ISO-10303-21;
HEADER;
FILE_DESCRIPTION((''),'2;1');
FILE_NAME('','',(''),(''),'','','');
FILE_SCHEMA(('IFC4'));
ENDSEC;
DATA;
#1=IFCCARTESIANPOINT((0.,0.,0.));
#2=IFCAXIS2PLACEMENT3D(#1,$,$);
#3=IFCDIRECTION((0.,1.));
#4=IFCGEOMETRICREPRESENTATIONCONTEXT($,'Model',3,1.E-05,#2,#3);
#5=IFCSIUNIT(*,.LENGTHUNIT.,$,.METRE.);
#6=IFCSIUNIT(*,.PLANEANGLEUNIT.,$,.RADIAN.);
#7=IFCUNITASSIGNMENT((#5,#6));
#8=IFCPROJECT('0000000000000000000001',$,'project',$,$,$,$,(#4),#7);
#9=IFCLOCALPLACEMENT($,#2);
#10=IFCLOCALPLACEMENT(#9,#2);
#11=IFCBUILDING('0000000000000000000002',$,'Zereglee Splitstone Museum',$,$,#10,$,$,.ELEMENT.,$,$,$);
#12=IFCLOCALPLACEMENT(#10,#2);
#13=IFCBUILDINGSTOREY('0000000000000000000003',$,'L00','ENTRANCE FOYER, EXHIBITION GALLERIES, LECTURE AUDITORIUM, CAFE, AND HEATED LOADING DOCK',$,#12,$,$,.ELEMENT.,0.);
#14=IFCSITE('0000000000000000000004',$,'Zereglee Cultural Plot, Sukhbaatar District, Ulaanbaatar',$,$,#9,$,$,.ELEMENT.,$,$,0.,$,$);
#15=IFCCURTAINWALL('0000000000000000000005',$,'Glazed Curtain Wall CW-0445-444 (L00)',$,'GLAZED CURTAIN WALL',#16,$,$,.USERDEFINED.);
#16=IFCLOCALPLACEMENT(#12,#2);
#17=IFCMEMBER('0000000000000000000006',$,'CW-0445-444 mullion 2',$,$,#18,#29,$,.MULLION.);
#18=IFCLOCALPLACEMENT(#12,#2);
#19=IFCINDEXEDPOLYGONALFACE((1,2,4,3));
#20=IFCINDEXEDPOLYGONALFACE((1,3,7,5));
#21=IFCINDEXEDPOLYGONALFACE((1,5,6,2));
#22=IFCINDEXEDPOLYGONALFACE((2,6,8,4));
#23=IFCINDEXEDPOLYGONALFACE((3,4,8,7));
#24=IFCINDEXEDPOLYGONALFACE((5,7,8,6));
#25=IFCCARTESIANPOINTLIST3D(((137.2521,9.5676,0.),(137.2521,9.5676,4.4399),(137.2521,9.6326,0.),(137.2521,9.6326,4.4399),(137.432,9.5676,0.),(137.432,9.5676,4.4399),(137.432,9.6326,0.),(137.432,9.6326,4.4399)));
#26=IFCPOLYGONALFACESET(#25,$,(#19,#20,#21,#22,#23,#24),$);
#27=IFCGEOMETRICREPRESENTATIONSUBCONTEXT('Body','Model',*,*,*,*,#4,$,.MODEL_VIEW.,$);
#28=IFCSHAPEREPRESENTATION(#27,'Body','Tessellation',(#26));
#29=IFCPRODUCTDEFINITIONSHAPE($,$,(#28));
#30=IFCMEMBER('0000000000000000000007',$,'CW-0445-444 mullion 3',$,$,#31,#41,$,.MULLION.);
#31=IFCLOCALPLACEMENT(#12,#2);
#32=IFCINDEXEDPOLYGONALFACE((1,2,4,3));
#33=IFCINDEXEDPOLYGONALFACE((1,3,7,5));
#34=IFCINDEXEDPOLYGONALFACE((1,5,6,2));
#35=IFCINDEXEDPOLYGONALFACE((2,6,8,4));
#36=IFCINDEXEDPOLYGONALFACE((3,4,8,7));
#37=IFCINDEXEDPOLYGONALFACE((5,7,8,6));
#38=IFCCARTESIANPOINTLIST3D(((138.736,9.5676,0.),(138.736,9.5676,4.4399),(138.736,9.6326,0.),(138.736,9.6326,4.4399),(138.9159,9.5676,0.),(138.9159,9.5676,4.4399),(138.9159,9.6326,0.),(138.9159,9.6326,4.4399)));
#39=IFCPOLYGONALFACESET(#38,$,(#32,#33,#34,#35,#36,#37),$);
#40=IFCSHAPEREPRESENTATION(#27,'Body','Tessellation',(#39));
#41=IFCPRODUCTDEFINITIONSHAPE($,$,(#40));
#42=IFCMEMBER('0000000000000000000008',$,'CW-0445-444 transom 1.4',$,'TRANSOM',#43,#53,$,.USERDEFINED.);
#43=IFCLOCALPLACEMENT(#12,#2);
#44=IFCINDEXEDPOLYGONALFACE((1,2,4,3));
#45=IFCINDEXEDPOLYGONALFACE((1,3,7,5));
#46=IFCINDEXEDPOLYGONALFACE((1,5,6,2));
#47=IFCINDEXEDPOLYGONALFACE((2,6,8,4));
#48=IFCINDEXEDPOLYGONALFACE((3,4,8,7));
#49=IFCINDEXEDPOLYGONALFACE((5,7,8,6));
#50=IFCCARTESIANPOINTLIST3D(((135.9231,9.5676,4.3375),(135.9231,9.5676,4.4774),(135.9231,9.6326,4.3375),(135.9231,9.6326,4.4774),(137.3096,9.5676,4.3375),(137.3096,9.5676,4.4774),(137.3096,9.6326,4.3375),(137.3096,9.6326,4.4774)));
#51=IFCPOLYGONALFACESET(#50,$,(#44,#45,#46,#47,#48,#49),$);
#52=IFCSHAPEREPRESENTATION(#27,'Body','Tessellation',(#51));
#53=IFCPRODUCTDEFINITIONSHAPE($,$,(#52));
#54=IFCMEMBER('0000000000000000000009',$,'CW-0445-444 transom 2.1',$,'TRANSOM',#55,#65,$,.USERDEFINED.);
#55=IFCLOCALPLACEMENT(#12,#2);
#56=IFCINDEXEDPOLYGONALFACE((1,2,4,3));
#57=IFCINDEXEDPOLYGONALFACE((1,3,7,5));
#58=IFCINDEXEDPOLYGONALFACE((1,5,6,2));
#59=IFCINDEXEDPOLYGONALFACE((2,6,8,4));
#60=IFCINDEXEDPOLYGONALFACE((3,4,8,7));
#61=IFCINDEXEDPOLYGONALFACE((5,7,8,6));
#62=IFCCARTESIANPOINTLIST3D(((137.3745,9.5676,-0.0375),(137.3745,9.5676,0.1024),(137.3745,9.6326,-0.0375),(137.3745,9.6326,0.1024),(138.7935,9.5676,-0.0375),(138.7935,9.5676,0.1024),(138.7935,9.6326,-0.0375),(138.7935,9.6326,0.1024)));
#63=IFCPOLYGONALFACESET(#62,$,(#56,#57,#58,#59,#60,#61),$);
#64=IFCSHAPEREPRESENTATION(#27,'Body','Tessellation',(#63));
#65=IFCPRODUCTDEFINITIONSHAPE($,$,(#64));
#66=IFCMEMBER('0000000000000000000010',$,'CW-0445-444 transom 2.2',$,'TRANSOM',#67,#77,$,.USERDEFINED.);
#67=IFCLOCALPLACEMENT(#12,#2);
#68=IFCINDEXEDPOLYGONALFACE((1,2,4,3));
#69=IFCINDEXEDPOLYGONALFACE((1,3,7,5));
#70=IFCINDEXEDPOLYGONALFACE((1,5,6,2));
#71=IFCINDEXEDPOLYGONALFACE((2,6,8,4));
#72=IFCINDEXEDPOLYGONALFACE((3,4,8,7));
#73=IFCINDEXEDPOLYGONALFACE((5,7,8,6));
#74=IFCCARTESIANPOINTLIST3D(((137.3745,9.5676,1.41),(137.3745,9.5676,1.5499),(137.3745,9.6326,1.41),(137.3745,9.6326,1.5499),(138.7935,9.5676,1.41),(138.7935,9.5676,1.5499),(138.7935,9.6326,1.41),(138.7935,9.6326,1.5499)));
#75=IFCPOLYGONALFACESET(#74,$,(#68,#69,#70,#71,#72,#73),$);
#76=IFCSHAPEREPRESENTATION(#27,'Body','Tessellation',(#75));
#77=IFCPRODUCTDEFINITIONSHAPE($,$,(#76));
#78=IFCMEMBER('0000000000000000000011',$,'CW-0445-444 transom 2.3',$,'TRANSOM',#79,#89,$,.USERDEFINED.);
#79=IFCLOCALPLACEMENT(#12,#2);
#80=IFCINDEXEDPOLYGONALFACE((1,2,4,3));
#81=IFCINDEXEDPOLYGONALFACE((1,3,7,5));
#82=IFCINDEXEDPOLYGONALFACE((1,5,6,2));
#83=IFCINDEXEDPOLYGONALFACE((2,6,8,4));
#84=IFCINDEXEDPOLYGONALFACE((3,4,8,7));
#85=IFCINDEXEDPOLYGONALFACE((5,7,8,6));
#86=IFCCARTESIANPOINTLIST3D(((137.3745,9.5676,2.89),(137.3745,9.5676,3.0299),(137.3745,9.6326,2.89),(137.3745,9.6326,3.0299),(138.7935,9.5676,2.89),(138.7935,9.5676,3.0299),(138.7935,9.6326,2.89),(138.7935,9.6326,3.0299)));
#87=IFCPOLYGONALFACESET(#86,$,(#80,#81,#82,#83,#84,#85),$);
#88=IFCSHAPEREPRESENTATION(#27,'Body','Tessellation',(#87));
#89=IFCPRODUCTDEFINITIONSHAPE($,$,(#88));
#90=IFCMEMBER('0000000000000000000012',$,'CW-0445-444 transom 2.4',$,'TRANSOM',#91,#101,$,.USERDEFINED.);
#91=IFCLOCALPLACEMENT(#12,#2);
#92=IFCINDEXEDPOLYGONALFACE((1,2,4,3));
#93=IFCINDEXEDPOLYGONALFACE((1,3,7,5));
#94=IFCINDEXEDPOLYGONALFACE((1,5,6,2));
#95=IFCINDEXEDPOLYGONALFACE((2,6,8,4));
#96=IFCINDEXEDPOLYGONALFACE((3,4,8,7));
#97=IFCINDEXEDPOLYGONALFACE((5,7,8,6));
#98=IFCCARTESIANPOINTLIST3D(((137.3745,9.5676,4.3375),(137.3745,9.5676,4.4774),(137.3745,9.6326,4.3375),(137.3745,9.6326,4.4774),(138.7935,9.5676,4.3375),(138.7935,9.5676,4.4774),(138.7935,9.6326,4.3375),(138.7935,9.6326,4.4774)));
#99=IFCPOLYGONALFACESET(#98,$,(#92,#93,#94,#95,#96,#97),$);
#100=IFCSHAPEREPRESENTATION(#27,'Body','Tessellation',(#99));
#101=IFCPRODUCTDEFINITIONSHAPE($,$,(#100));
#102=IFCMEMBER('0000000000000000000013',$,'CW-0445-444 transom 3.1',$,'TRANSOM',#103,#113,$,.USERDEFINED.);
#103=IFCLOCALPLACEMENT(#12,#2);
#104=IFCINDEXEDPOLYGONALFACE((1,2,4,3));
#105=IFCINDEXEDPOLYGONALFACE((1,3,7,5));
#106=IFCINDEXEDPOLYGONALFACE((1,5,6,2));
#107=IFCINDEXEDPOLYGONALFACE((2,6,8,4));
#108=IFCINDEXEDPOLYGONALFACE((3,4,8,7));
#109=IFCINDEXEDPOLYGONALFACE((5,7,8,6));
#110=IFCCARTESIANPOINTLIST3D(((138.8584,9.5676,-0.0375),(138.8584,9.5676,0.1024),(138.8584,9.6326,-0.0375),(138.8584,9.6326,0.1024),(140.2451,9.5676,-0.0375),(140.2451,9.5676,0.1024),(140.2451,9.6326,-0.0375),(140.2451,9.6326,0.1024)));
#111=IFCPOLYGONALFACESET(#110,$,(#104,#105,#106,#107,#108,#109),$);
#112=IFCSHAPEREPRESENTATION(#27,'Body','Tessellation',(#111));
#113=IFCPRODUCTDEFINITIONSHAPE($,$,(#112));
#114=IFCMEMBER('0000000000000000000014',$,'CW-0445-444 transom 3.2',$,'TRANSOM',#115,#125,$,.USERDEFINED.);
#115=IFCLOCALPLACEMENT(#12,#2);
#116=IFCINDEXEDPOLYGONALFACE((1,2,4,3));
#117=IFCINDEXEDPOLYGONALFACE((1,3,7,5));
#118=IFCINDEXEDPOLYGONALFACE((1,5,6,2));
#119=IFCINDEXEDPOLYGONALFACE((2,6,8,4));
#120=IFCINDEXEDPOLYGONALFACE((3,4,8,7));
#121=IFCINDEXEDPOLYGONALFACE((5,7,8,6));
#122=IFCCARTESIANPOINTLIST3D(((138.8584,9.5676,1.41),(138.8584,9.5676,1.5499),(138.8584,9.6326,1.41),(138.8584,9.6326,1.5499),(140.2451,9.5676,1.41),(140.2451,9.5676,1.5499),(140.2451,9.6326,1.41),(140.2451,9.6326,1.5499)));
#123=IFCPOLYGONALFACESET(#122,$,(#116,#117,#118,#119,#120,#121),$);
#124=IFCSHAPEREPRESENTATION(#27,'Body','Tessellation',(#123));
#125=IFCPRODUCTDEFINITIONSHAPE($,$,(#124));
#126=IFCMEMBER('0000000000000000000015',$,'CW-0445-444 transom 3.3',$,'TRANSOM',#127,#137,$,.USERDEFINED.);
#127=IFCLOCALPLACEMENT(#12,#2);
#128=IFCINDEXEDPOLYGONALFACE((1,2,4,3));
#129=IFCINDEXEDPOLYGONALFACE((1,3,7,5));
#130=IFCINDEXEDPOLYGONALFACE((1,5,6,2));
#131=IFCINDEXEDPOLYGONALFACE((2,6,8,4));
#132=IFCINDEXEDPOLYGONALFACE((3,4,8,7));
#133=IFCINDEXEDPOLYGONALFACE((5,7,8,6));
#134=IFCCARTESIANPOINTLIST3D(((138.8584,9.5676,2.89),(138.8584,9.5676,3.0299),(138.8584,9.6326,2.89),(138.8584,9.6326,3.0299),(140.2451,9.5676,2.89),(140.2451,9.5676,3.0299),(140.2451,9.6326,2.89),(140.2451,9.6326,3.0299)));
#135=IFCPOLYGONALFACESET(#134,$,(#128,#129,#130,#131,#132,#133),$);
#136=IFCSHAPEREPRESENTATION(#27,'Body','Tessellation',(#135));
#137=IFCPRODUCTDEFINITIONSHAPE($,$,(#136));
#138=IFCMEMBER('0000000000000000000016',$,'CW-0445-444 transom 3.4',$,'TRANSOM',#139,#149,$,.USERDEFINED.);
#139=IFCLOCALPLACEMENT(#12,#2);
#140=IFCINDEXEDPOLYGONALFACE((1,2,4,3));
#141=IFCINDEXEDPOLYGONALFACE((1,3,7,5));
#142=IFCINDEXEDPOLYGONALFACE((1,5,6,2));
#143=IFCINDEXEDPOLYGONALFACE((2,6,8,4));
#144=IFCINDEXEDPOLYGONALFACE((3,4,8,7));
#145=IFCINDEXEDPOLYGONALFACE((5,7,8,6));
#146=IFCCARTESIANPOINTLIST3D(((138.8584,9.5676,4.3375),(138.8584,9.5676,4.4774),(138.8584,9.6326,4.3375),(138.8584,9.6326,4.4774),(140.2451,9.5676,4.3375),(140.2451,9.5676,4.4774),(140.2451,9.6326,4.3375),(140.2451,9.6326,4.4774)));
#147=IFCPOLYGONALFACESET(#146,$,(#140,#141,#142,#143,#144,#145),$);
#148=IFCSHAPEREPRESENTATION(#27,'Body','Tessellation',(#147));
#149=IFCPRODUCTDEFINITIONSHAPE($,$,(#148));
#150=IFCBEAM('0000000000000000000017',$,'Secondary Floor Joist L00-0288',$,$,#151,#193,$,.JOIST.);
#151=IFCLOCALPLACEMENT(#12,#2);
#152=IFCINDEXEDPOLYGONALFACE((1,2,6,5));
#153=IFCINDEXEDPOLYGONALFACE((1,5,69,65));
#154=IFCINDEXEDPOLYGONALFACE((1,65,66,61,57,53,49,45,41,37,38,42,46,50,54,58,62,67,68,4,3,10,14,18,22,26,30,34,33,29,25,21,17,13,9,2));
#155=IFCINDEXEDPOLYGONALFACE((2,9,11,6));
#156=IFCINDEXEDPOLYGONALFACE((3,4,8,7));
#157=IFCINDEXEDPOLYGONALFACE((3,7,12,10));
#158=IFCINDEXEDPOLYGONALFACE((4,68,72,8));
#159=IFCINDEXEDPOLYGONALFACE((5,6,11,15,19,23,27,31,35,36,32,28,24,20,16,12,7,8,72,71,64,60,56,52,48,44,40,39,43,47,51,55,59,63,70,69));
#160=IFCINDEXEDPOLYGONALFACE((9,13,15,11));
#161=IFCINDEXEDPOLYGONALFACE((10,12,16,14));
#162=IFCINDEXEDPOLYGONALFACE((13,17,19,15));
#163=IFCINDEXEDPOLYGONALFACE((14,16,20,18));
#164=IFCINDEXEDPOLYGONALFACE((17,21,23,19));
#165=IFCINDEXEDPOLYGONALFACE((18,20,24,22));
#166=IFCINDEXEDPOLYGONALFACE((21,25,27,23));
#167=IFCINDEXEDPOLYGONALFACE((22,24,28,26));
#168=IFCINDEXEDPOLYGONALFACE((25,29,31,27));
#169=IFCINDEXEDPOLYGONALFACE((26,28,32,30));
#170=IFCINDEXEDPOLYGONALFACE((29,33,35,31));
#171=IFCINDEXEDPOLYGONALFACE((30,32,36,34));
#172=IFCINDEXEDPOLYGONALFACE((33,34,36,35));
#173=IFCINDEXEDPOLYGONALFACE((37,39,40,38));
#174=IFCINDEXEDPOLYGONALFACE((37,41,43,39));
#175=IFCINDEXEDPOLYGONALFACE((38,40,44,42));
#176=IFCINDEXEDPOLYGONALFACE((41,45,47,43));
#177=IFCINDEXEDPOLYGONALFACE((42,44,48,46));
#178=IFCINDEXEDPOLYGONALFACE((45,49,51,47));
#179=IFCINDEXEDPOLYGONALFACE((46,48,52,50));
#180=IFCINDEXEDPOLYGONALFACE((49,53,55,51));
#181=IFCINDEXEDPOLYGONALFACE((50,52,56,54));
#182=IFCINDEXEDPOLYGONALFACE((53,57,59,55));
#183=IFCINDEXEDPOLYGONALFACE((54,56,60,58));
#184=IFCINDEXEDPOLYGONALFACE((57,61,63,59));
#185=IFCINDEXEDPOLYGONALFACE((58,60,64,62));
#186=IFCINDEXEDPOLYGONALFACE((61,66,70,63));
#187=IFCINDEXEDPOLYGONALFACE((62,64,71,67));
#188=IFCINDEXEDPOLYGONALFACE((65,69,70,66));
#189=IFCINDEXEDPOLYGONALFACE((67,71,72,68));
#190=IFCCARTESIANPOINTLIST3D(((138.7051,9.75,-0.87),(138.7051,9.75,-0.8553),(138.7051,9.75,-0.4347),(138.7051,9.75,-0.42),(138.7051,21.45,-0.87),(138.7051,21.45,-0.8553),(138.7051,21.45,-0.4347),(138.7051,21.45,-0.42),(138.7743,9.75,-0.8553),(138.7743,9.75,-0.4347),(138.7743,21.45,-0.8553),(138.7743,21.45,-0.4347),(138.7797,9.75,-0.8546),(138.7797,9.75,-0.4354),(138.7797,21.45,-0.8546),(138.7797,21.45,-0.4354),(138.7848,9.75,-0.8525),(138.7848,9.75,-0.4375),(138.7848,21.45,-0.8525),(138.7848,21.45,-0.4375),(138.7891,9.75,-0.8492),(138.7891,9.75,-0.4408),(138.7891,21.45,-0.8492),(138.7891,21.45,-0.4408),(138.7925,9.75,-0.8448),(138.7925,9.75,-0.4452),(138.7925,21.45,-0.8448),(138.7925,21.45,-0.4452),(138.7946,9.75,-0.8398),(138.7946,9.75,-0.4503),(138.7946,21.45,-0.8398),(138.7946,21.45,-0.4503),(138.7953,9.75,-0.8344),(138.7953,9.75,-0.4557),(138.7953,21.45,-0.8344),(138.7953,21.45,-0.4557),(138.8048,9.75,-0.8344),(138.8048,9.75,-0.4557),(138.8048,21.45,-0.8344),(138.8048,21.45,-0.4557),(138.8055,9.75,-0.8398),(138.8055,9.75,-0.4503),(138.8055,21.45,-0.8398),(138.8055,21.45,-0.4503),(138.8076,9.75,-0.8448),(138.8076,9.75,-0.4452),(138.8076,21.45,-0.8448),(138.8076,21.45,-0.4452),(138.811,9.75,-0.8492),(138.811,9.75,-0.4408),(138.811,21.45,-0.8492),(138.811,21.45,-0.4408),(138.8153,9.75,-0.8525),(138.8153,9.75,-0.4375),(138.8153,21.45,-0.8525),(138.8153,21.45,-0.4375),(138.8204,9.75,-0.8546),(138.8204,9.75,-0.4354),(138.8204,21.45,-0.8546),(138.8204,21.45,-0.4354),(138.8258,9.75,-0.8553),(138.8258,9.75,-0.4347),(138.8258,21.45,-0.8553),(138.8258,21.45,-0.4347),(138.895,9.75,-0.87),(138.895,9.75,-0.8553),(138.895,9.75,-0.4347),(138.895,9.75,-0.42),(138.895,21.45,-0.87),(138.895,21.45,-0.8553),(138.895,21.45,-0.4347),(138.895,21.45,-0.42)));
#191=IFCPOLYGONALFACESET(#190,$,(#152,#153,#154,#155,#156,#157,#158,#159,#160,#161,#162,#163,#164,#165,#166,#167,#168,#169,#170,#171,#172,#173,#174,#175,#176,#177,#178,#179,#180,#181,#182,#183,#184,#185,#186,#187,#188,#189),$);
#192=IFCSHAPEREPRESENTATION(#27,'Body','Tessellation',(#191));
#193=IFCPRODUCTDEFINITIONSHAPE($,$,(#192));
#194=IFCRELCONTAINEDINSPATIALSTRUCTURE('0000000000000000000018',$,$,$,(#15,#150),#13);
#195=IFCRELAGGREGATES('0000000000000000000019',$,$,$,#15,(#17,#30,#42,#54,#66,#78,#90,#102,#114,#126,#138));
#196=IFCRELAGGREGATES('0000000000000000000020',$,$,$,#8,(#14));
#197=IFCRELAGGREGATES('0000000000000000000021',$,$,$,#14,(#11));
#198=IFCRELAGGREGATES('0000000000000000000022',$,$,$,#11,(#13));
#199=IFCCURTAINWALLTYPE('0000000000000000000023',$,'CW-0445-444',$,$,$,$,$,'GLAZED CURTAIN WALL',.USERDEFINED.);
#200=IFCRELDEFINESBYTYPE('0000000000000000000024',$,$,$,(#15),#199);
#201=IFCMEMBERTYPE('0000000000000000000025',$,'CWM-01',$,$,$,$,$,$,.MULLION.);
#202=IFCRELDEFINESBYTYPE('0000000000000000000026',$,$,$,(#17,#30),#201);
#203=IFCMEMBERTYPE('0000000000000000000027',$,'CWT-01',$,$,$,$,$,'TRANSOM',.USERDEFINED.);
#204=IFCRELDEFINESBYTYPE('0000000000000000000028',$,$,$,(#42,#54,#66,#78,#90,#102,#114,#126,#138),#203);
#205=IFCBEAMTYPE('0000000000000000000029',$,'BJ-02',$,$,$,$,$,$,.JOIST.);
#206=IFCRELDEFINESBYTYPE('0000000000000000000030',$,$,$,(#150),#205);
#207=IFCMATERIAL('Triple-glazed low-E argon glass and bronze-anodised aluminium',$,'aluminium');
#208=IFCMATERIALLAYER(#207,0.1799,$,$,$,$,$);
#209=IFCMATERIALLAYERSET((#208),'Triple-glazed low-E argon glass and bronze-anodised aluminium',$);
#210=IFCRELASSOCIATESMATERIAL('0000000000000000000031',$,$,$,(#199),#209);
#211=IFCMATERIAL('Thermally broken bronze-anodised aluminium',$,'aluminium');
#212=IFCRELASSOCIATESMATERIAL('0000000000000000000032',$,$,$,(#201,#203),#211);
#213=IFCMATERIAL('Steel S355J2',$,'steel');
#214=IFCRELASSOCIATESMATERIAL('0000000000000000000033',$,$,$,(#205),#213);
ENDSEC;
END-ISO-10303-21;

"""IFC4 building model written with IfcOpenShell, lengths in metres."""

from ifc_helpers import new_model, si_unit, direction, frame, origin, origin_2d, place, context, subcontext, project, spatial, rectangle, i_section, extrude, material, layer, layer_set, material_profile, profile_set, type_object, element, aggregate, save


model = new_model("IFC4")

# Units and contexts
model_context = context("Model", 3, precision=1e-05, world=origin(), true_north=direction((0.0, 1.0)))
body_context = subcontext(model_context, "Body", "Model", "MODEL_VIEW")
ifc_project = project(units=[si_unit("LENGTHUNIT", "METRE"), si_unit("PLANEANGLEUNIT", "RADIAN")], contexts=[model_context])

# Site, building, storey
site_placement = place(None, origin())
site = spatial("IfcSite", under=ifc_project, at=site_placement, Name="Zereglee Cultural Plot, Sukhbaatar District, Ulaanbaatar", CompositionType="ELEMENT", RefElevation=0.0)
building_placement = place(site_placement, origin())
building = spatial("IfcBuilding", under=site, at=building_placement, Name="Zereglee Splitstone Museum", CompositionType="ELEMENT")
storey_placement = place(building_placement, origin())
storey = spatial("IfcBuildingStorey", under=building, at=storey_placement, Name="L00", Description="ENTRANCE FOYER, EXHIBITION GALLERIES, LECTURE AUDITORIUM, CAFE, AND HEATED LOADING DOCK", CompositionType="ELEMENT", Elevation=0.0)

# Curtain wall, members
ifc_material_1 = material(Name="Triple-glazed low-E argon glass and bronze-anodised aluminium", Category="aluminium")
ifc_layer_1 = layer(ifc_material_1, 0.1799)
ifc_layer_set_1 = layer_set([ifc_layer_1], Name="Triple-glazed low-E argon glass and bronze-anodised aluminium")
curtain_wall_type = type_object("IfcCurtainWallType", Name="CW-0445-444", ElementType="GLAZED CURTAIN WALL", PredefinedType="USERDEFINED", material=ifc_layer_set_1)
curtain_wall_placement = place(storey_placement, origin())
curtain_wall = element("IfcCurtainWall", 1, at=curtain_wall_placement, inside=storey, type_object=curtain_wall_type, Name="Glazed Curtain Wall CW-0445-444 (L00)", ObjectType="GLAZED CURTAIN WALL", PredefinedType="USERDEFINED")
ifc_material_2 = material(Name="Thermally broken bronze-anodised aluminium", Category="aluminium")
ifc_material_profile_1 = material_profile(ifc_material_2, rectangle(XDim=0.0649, YDim=0.1799, at=origin_2d()), Name="CW MULL 65x180")
ifc_profile_set_1 = profile_set([ifc_material_profile_1], Name="Thermally broken bronze-anodised aluminium")
member_type_1 = type_object("IfcMemberType", Name="CWM-01", PredefinedType="MULLION", material=ifc_profile_set_1)
member_1_placement = place(storey_placement, frame((137.342, 9.6001, 0.0), z_axis=(0.0, 0.0, 1.0), x_axis=(0.0, 1.0, 0.0)))
member_1 = element("IfcMember", 2, at=member_1_placement, type_object=member_type_1, Name="CW-0445-444 mullion 2", PredefinedType="MULLION", context=body_context, shape_type="SweptSolid", body=[
    extrude(rectangle(XDim=0.0649, YDim=0.1799, at=origin_2d()), origin(), (0.0, 0.0, 1.0), 4.4399),
])
member_2_placement = place(storey_placement, frame((138.8259, 9.6001, 0.0), z_axis=(0.0, 0.0, 1.0), x_axis=(0.0, 1.0, 0.0)))
member_2 = element("IfcMember", 3, at=member_2_placement, type_object=member_type_1, Name="CW-0445-444 mullion 3", PredefinedType="MULLION", context=body_context, shape_type="SweptSolid", body=[
    extrude(rectangle(XDim=0.0649, YDim=0.1799, at=origin_2d()), origin(), (0.0, 0.0, 1.0), 4.4399),
])
ifc_material_profile_2 = material_profile(ifc_material_2, rectangle(XDim=0.0649, YDim=0.1399, at=origin_2d()), Name="CW TRAN 65x140")
ifc_profile_set_2 = profile_set([ifc_material_profile_2], Name="Thermally broken bronze-anodised aluminium")
member_type_2 = type_object("IfcMemberType", Name="CWT-01", ElementType="TRANSOM", PredefinedType="USERDEFINED", material=ifc_profile_set_2)
member_3_placement = place(storey_placement, frame((135.9231, 9.6001, 4.4075), z_axis=(1.0, 0.0, 0.0), x_axis=(0.0, 1.0, 0.0)))
member_3 = element("IfcMember", 4, at=member_3_placement, type_object=member_type_2, Name="CW-0445-444 transom 1.4", ObjectType="TRANSOM", PredefinedType="USERDEFINED", context=body_context, shape_type="SweptSolid", body=[
    extrude(rectangle(XDim=0.0649, YDim=0.1399, at=origin_2d()), origin(), (0.0, 0.0, 1.0), 1.3865),
])
member_4_placement = place(storey_placement, frame((137.3745, 9.6001, 0.0325), z_axis=(1.0, 0.0, 0.0), x_axis=(0.0, 1.0, 0.0)))
member_4 = element("IfcMember", 5, at=member_4_placement, type_object=member_type_2, Name="CW-0445-444 transom 2.1", ObjectType="TRANSOM", PredefinedType="USERDEFINED", context=body_context, shape_type="SweptSolid", body=[
    extrude(rectangle(XDim=0.0649, YDim=0.1399, at=origin_2d()), origin(), (0.0, 0.0, 1.0), 1.4189),
])
member_5_placement = place(storey_placement, frame((137.3745, 9.6001, 1.48), z_axis=(1.0, 0.0, 0.0), x_axis=(0.0, 1.0, 0.0)))
member_5 = element("IfcMember", 6, at=member_5_placement, type_object=member_type_2, Name="CW-0445-444 transom 2.2", ObjectType="TRANSOM", PredefinedType="USERDEFINED", context=body_context, shape_type="SweptSolid", body=[
    extrude(rectangle(XDim=0.0649, YDim=0.1399, at=origin_2d()), origin(), (0.0, 0.0, 1.0), 1.4189),
])
member_6_placement = place(storey_placement, frame((137.3745, 9.6001, 2.96), z_axis=(1.0, 0.0, 0.0), x_axis=(0.0, 1.0, 0.0)))
member_6 = element("IfcMember", 7, at=member_6_placement, type_object=member_type_2, Name="CW-0445-444 transom 2.3", ObjectType="TRANSOM", PredefinedType="USERDEFINED", context=body_context, shape_type="SweptSolid", body=[
    extrude(rectangle(XDim=0.0649, YDim=0.1399, at=origin_2d()), origin(), (0.0, 0.0, 1.0), 1.4189),
])
member_7_placement = place(storey_placement, frame((137.3745, 9.6001, 4.4075), z_axis=(1.0, 0.0, 0.0), x_axis=(0.0, 1.0, 0.0)))
member_7 = element("IfcMember", 8, at=member_7_placement, type_object=member_type_2, Name="CW-0445-444 transom 2.4", ObjectType="TRANSOM", PredefinedType="USERDEFINED", context=body_context, shape_type="SweptSolid", body=[
    extrude(rectangle(XDim=0.0649, YDim=0.1399, at=origin_2d()), origin(), (0.0, 0.0, 1.0), 1.4189),
])
member_8_placement = place(storey_placement, frame((138.8584, 9.6001, 0.0325), z_axis=(1.0, 0.0, 0.0), x_axis=(0.0, 1.0, 0.0)))
member_8 = element("IfcMember", 9, at=member_8_placement, type_object=member_type_2, Name="CW-0445-444 transom 3.1", ObjectType="TRANSOM", PredefinedType="USERDEFINED", context=body_context, shape_type="SweptSolid", body=[
    extrude(rectangle(XDim=0.0649, YDim=0.1399, at=origin_2d()), origin(), (0.0, 0.0, 1.0), 1.3867),
])
member_9_placement = place(storey_placement, frame((138.8584, 9.6001, 1.48), z_axis=(1.0, 0.0, 0.0), x_axis=(0.0, 1.0, 0.0)))
member_9 = element("IfcMember", 10, at=member_9_placement, type_object=member_type_2, Name="CW-0445-444 transom 3.2", ObjectType="TRANSOM", PredefinedType="USERDEFINED", context=body_context, shape_type="SweptSolid", body=[
    extrude(rectangle(XDim=0.0649, YDim=0.1399, at=origin_2d()), origin(), (0.0, 0.0, 1.0), 1.3867),
])
member_10_placement = place(storey_placement, frame((138.8584, 9.6001, 2.96), z_axis=(1.0, 0.0, 0.0), x_axis=(0.0, 1.0, 0.0)))
member_10 = element("IfcMember", 11, at=member_10_placement, type_object=member_type_2, Name="CW-0445-444 transom 3.3", ObjectType="TRANSOM", PredefinedType="USERDEFINED", context=body_context, shape_type="SweptSolid", body=[
    extrude(rectangle(XDim=0.0649, YDim=0.1399, at=origin_2d()), origin(), (0.0, 0.0, 1.0), 1.3867),
])
member_11_placement = place(storey_placement, frame((138.8584, 9.6001, 4.4075), z_axis=(1.0, 0.0, 0.0), x_axis=(0.0, 1.0, 0.0)))
member_11 = element("IfcMember", 12, at=member_11_placement, type_object=member_type_2, Name="CW-0445-444 transom 3.4", ObjectType="TRANSOM", PredefinedType="USERDEFINED", context=body_context, shape_type="SweptSolid", body=[
    extrude(rectangle(XDim=0.0649, YDim=0.1399, at=origin_2d()), origin(), (0.0, 0.0, 1.0), 1.3867),
])

# Beam
ifc_material_3 = material(Name="Steel S355J2", Category="steel")
ifc_material_profile_3 = material_profile(ifc_material_3, i_section(OverallWidth=0.1899, OverallDepth=0.45, WebThickness=0.0095, FlangeThickness=0.0146, FilletRadius=0.021, at=origin_2d()), Name="IPE 450")
ifc_profile_set_3 = profile_set([ifc_material_profile_3], Name="Steel S355J2")
beam_type = type_object("IfcBeamType", Name="BJ-02", PredefinedType="JOIST", material=ifc_profile_set_3)
beam_placement = place(storey_placement, frame((138.8, 9.75, -0.645), z_axis=(0.0, 1.0, 0.0), x_axis=(-1.0, 0.0, 0.0)))
element("IfcBeam", 13, at=beam_placement, inside=storey, type_object=beam_type, Name="Secondary Floor Joist L00-0288", PredefinedType="JOIST", context=body_context, shape_type="SweptSolid", body=[
    extrude(i_section(OverallWidth=0.1899, OverallDepth=0.45, WebThickness=0.0095, FlangeThickness=0.0146, FilletRadius=0.021, at=origin_2d()), origin(), (0.0, 0.0, 1.0), 11.7),
])

aggregate(curtain_wall, [member_1, member_2, member_3, member_4, member_5, member_6, member_7, member_8, member_9, member_10, member_11])

save(model, "model.ifc")
